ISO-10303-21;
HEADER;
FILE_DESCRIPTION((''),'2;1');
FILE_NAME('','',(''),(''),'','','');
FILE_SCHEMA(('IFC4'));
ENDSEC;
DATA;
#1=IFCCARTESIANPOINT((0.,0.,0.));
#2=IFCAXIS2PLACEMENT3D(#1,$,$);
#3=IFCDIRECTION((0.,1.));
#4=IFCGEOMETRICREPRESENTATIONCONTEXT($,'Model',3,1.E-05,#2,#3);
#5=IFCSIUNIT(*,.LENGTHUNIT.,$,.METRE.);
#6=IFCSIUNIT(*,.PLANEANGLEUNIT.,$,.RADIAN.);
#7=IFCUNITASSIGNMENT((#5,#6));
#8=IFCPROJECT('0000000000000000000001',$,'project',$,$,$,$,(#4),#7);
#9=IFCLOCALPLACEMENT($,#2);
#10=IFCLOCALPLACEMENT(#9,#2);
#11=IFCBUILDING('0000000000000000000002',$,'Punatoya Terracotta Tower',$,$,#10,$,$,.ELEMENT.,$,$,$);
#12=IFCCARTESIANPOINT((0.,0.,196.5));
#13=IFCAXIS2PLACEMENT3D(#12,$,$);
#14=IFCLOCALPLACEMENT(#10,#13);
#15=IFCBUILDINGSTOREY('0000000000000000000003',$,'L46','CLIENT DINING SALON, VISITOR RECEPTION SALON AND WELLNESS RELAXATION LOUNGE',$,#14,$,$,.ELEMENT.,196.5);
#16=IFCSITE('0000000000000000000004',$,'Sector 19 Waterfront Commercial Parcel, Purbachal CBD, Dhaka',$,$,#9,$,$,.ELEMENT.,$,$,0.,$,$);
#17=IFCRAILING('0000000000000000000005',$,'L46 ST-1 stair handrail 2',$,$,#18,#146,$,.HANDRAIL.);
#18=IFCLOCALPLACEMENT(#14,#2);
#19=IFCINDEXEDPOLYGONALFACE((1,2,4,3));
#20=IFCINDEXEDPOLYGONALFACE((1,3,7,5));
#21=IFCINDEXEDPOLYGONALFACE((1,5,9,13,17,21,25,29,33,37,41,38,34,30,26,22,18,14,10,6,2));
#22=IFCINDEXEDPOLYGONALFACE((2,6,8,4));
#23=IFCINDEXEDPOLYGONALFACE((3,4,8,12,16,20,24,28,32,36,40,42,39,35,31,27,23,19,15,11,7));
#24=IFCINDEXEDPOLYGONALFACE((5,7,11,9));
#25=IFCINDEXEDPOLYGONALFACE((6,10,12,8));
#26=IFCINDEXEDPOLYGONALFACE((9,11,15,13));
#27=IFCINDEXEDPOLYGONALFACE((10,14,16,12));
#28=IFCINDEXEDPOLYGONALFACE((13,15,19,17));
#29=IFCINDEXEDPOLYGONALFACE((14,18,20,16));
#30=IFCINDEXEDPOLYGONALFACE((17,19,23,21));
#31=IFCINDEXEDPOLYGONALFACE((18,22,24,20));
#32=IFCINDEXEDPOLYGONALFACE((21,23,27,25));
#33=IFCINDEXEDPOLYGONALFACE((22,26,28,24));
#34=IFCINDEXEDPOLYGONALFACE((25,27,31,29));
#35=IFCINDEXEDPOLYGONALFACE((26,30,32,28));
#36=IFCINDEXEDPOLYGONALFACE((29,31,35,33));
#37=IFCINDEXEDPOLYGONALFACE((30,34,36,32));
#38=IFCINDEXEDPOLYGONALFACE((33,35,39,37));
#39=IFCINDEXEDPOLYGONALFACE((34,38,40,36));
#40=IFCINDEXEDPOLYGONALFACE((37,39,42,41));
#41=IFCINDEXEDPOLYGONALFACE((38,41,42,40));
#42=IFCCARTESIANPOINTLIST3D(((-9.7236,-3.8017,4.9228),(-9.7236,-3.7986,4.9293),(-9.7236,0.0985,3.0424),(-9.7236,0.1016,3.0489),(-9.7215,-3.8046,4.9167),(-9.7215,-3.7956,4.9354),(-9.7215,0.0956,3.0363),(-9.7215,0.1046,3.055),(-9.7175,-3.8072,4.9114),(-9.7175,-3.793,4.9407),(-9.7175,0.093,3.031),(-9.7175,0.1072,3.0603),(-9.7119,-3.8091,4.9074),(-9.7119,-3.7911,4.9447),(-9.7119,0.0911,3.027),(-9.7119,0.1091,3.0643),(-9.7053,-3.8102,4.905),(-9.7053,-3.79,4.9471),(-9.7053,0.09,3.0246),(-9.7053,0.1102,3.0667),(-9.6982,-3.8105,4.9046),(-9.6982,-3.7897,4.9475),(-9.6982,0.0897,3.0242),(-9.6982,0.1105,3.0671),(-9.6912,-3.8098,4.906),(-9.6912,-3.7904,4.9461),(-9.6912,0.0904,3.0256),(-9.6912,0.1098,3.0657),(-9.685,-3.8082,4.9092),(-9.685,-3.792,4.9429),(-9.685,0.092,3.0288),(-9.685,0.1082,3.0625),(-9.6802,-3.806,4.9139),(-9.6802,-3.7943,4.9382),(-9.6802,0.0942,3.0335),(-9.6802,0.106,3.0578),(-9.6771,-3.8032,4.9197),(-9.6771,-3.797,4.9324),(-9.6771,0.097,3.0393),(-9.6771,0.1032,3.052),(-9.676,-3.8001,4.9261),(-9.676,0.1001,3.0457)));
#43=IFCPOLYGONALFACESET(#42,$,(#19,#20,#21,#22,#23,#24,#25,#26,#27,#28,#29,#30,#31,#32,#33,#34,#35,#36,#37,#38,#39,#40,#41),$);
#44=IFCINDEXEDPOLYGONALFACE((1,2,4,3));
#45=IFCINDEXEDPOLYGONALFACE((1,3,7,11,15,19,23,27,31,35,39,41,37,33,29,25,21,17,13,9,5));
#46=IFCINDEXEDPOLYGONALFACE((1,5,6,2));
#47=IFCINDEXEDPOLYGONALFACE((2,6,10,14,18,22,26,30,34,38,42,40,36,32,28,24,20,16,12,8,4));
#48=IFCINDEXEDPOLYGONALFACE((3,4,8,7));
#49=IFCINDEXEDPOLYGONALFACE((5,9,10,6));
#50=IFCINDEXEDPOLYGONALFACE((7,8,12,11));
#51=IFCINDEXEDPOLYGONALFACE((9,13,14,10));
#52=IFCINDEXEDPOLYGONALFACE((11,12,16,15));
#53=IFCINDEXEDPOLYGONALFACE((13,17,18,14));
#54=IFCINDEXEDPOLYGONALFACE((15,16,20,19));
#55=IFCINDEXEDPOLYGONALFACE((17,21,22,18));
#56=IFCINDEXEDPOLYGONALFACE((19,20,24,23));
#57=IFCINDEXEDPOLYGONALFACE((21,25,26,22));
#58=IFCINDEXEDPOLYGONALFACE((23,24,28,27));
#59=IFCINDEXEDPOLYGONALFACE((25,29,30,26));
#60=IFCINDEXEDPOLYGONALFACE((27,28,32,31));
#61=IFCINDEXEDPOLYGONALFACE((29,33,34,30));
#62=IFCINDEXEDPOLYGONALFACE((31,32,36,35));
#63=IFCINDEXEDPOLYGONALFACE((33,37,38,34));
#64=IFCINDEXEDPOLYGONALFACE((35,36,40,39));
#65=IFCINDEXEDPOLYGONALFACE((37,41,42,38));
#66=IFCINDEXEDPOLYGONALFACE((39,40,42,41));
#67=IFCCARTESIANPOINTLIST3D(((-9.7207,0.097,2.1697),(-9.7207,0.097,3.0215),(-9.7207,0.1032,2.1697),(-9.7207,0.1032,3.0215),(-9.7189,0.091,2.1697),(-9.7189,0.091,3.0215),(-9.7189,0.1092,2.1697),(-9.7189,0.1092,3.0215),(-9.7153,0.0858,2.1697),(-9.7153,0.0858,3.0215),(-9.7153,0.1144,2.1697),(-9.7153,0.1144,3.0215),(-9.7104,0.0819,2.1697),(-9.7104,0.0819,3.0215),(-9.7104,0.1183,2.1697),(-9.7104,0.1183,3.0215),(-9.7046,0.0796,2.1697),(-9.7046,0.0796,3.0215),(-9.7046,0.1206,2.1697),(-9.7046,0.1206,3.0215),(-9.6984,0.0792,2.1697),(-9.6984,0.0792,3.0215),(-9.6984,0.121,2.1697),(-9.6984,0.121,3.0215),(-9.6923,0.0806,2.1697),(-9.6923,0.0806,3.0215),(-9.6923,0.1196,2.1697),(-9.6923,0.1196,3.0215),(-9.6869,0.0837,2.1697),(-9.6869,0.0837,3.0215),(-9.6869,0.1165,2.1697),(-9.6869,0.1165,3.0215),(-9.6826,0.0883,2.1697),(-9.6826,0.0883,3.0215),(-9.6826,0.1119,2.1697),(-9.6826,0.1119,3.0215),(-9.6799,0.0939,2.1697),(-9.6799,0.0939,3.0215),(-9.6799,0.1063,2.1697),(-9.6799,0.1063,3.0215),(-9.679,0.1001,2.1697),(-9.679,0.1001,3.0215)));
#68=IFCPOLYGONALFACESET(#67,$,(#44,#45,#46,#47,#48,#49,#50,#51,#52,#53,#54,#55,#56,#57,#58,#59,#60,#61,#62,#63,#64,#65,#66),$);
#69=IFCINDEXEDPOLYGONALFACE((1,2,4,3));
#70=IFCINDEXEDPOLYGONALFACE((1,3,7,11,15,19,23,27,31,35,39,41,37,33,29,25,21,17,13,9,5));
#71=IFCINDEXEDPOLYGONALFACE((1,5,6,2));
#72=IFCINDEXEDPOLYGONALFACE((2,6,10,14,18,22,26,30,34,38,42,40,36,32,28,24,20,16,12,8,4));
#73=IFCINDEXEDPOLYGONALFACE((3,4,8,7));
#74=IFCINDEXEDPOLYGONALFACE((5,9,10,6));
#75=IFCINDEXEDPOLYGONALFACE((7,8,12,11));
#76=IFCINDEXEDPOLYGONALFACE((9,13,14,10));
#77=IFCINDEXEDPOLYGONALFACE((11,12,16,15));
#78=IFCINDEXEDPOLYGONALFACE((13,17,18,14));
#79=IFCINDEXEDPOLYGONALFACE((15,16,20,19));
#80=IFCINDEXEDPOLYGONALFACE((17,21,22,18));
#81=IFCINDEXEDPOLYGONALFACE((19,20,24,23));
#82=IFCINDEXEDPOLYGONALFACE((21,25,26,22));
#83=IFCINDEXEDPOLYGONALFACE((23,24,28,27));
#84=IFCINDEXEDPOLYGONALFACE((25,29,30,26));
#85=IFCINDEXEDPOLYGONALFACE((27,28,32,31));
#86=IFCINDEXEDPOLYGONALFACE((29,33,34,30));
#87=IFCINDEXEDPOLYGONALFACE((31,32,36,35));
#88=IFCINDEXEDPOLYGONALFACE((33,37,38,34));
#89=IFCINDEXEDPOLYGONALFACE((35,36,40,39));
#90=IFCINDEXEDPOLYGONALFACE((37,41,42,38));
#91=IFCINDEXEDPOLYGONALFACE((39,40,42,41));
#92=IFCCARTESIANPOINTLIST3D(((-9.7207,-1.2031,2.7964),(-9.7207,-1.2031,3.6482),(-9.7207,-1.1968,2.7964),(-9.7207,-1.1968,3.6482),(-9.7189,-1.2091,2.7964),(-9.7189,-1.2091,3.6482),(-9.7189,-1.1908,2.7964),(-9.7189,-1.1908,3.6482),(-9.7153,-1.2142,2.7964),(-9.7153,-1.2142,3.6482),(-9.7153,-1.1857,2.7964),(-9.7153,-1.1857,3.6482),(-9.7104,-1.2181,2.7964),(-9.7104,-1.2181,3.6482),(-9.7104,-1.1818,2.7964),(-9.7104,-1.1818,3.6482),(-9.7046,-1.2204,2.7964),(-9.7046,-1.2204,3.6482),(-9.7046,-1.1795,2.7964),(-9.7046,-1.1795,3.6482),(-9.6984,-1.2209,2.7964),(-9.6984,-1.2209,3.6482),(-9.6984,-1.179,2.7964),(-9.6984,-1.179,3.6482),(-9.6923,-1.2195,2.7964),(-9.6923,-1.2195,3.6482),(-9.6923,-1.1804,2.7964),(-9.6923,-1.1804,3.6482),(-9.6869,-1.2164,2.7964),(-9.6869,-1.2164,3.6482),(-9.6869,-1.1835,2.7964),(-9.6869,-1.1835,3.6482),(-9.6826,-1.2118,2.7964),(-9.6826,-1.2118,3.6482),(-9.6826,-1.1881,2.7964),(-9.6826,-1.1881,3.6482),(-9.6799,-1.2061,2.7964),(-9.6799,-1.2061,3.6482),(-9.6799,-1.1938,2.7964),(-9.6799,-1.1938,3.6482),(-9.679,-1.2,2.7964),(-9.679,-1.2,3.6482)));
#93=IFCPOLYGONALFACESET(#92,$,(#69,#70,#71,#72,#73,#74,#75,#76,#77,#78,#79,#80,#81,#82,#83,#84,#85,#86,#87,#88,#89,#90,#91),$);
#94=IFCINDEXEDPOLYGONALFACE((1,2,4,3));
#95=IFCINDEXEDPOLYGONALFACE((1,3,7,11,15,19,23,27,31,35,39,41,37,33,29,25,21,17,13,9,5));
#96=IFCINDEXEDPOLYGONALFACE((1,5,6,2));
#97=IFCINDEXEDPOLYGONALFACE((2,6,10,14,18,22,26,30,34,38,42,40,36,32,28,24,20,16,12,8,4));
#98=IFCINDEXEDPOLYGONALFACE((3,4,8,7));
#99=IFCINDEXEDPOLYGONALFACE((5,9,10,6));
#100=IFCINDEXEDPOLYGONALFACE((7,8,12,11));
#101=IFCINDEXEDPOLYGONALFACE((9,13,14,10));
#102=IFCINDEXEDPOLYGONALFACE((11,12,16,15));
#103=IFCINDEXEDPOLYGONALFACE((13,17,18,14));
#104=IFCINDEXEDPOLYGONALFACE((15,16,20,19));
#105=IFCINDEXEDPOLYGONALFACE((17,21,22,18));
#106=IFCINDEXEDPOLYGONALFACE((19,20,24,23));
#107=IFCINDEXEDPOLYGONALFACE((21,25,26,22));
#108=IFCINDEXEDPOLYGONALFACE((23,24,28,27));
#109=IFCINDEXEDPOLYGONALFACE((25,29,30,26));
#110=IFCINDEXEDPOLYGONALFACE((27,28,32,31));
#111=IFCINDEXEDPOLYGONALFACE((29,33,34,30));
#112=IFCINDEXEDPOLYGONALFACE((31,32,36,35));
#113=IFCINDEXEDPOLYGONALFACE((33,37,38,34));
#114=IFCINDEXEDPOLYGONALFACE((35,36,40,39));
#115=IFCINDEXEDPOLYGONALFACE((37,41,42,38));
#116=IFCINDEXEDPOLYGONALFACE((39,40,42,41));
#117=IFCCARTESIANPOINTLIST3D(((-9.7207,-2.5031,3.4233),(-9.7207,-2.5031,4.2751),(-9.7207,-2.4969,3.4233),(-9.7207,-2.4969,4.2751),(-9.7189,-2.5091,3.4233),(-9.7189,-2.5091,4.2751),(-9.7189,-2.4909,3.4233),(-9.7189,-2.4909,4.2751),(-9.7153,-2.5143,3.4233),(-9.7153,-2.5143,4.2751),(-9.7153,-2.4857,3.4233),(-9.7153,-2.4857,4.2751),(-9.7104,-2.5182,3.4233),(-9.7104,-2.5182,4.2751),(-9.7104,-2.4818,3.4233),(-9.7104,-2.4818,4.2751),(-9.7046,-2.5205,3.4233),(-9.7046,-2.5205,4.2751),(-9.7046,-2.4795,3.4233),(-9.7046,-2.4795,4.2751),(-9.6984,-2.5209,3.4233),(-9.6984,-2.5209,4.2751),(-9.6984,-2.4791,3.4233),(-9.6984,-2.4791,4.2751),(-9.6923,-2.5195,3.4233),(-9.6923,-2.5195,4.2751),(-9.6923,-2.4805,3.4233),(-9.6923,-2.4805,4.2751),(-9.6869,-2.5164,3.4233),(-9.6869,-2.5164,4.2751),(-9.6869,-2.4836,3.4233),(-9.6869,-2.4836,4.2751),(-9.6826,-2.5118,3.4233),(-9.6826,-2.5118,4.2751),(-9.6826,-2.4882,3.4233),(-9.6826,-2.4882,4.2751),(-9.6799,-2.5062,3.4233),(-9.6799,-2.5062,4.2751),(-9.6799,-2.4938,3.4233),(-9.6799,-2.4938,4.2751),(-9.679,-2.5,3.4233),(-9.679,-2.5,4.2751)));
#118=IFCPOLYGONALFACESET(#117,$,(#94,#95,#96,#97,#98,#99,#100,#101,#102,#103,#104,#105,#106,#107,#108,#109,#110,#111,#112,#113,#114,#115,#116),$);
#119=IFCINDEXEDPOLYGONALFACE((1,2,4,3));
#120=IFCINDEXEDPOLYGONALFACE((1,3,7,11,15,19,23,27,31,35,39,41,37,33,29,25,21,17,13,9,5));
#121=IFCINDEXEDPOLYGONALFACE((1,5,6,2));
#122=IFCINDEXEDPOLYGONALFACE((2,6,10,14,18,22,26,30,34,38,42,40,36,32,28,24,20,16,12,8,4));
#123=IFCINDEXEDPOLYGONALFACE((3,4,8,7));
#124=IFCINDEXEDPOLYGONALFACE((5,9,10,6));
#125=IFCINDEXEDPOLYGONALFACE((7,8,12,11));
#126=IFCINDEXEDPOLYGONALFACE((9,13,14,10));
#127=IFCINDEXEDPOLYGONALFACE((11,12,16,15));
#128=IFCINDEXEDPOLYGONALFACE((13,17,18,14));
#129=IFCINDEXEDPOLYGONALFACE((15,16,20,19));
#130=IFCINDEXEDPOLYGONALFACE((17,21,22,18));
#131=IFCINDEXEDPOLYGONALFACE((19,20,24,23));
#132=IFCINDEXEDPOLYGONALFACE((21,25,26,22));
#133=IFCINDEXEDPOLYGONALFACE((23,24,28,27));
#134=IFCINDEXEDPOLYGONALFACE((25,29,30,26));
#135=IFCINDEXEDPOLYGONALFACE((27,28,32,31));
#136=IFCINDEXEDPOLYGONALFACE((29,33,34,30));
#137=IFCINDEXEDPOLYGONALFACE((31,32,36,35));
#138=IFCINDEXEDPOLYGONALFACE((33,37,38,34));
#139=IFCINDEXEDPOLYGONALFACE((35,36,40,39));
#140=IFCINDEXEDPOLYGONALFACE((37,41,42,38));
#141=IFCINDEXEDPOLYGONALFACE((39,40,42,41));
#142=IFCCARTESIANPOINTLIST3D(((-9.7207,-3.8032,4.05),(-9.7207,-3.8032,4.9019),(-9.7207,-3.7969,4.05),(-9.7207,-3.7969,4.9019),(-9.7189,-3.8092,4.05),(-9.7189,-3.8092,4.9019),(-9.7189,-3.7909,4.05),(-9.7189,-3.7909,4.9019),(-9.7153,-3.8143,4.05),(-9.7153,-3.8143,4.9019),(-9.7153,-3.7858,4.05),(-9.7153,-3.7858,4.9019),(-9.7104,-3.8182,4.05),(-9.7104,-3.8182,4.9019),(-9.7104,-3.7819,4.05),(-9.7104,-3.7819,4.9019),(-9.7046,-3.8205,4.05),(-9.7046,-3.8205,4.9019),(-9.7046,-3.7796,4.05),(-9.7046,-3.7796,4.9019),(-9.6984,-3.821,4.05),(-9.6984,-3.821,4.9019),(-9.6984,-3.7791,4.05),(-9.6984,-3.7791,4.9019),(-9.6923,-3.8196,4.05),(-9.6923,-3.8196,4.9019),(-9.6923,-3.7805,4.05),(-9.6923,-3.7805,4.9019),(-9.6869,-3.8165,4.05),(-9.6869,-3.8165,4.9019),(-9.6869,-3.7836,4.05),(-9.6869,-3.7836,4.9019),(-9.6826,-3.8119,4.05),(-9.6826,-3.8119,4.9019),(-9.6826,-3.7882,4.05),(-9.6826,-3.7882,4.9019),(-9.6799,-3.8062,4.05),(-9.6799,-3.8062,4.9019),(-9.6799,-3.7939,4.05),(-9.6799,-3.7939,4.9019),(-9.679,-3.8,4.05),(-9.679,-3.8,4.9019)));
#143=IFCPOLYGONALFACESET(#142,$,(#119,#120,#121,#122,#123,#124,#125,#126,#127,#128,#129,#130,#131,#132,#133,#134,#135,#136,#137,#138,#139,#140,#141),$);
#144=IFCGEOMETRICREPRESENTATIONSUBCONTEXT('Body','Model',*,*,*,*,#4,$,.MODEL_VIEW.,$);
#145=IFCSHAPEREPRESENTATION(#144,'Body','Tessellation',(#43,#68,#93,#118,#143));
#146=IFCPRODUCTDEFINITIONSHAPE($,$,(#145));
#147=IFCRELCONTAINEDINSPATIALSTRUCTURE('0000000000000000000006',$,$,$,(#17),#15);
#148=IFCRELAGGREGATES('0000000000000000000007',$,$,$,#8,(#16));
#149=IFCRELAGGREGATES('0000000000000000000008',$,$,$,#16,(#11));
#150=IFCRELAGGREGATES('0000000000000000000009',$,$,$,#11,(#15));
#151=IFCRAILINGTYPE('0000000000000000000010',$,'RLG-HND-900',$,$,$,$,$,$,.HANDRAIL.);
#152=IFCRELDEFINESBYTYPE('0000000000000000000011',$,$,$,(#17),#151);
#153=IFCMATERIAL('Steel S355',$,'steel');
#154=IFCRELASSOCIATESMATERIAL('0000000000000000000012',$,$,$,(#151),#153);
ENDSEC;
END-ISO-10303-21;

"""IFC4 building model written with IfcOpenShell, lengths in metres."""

from ifc_helpers import new_model, si_unit, direction, frame, origin, origin_2d, place, context, subcontext, project, spatial, circle, extrude, material, type_object, element, save


model = new_model("IFC4")

# Units and contexts
model_context = context("Model", 3, precision=1e-05, world=origin(), true_north=direction((0.0, 1.0)))
body_context = subcontext(model_context, "Body", "Model", "MODEL_VIEW")
ifc_project = project(units=[si_unit("LENGTHUNIT", "METRE"), si_unit("PLANEANGLEUNIT", "RADIAN")], contexts=[model_context])

# Site, building, storey
site_placement = place(None, origin())
site = spatial("IfcSite", under=ifc_project, at=site_placement, Name="Sector 19 Waterfront Commercial Parcel, Purbachal CBD, Dhaka", CompositionType="ELEMENT", RefElevation=0.0)
building_placement = place(site_placement, origin())
building = spatial("IfcBuilding", under=site, at=building_placement, Name="Punatoya Terracotta Tower", CompositionType="ELEMENT")
storey_placement = place(building_placement, frame((0.0, 0.0, 196.5)))
storey = spatial("IfcBuildingStorey", under=building, at=storey_placement, Name="L46", Description="CLIENT DINING SALON, VISITOR RECEPTION SALON AND WELLNESS RELAXATION LOUNGE", CompositionType="ELEMENT", Elevation=196.5)

# Shared definitions
ifc_material_1 = material(Name="Steel S355", Category="steel")

# Railing
railing_type_1 = type_object("IfcRailingType", Name="RLG-HND-900", PredefinedType="HANDRAIL", material=ifc_material_1)
railing_1_placement = place(storey_placement, frame((-9.7, 0.1001, 2.1697)))
element("IfcRailing", 1, at=railing_1_placement, inside=storey, type_object=railing_type_1, Name="L46 ST-1 stair handrail 2", PredefinedType="HANDRAIL", context=body_context, shape_type="SweptSolid", body=[
    extrude(circle(Radius=0.0239, at=origin_2d()), frame((0.0, 0.0, 0.876), z_axis=(0.0, -0.900774, 0.434289), x_axis=(1.0, 0.0, 0.0)), (0.0, 0.0, 1.0), 4.3298),
    extrude(circle(Radius=0.021, at=origin_2d()), origin(), (0.0, 0.0, 1.0), 0.8518),
    extrude(circle(Radius=0.021, at=origin_2d()), frame((0.0, -1.3, 0.6267)), (0.0, 0.0, 1.0), 0.8518),
    extrude(circle(Radius=0.021, at=origin_2d()), frame((0.0, -2.6001, 1.2537)), (0.0, 0.0, 1.0), 0.8518),
    extrude(circle(Radius=0.021, at=origin_2d()), frame((0.0, -3.9001, 1.8804)), (0.0, 0.0, 1.0), 0.8518),
])

save(model, "model.ifc")
